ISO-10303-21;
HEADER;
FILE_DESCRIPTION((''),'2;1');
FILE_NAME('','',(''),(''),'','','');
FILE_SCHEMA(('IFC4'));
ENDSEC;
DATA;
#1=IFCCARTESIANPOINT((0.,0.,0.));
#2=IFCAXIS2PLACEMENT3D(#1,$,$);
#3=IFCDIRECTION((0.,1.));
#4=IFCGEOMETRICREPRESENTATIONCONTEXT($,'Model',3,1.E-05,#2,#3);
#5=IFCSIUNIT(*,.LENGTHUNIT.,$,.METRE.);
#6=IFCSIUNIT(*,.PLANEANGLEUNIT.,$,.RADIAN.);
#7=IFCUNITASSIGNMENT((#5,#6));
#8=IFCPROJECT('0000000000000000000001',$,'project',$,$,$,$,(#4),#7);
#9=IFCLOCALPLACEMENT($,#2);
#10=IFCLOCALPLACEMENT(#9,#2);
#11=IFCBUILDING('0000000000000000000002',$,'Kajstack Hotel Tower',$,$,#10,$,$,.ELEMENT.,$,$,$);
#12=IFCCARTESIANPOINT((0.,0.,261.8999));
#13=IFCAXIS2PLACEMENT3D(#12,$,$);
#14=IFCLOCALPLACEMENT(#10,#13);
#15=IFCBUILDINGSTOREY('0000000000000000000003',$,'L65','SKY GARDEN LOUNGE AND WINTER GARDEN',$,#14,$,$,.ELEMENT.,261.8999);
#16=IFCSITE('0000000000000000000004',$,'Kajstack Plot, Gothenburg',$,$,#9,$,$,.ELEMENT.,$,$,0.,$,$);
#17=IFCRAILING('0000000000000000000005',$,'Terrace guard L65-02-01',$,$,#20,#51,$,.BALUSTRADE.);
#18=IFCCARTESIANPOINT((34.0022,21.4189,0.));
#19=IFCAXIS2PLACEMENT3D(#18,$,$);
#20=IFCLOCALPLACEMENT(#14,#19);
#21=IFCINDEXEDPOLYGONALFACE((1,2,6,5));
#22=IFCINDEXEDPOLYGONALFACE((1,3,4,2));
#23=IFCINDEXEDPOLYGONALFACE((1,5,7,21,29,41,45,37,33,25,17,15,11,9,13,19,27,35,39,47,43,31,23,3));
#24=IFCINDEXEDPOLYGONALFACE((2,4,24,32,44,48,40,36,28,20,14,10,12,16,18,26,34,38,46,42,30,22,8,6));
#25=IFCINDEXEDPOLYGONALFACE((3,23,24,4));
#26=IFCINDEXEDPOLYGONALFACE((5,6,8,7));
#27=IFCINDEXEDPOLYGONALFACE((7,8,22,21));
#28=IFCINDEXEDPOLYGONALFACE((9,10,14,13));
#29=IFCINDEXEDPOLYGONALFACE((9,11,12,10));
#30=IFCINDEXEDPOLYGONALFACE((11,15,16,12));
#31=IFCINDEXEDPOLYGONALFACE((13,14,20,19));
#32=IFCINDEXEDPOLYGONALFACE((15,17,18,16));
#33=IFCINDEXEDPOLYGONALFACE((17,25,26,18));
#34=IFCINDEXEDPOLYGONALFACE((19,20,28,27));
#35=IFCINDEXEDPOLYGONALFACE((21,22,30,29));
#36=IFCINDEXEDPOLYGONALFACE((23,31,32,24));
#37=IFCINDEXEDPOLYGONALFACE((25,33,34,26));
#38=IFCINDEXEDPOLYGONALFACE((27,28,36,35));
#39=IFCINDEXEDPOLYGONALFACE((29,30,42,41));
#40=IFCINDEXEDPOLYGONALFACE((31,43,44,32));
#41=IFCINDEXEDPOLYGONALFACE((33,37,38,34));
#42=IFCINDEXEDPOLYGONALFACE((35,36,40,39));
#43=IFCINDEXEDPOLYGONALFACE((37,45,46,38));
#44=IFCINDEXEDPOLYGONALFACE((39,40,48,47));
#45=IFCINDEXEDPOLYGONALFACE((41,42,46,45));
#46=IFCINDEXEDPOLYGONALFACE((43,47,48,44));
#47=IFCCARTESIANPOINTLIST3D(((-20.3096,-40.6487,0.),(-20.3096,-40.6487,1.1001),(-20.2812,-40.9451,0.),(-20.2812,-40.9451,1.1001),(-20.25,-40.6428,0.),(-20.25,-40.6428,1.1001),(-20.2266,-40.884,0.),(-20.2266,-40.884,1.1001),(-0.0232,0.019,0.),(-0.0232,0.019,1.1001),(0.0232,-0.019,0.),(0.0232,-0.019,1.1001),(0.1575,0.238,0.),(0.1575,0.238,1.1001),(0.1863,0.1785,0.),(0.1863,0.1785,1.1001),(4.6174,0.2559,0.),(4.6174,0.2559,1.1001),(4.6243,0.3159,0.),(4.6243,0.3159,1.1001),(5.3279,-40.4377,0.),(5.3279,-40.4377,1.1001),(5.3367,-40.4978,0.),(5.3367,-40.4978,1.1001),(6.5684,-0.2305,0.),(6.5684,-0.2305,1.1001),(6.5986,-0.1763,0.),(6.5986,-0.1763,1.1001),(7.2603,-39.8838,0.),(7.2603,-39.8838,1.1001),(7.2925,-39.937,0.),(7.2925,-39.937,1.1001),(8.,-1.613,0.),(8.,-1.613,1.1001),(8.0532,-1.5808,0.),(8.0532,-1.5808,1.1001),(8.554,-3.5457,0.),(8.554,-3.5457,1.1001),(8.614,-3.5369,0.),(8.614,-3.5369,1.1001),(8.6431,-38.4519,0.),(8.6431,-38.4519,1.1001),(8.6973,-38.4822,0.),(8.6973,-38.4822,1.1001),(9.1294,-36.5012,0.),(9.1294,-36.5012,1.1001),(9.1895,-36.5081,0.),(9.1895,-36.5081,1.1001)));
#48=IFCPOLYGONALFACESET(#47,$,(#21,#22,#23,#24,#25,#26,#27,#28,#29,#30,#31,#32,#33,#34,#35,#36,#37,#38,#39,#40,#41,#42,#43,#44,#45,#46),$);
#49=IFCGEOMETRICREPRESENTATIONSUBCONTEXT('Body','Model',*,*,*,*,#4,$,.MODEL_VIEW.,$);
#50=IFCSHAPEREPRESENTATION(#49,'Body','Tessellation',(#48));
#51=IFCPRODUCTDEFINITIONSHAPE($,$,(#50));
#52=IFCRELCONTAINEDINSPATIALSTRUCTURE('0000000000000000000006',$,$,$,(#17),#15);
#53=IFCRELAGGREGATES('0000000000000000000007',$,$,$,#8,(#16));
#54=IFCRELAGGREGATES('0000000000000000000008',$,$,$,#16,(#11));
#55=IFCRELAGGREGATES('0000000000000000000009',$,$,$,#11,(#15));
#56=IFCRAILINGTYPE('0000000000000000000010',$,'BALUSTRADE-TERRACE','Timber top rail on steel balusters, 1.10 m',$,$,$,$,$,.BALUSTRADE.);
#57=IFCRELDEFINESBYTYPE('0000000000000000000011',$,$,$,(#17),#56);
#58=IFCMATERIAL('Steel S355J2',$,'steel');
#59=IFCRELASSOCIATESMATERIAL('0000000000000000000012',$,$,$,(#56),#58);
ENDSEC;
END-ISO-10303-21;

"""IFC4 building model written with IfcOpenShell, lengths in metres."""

from ifc_helpers import new_model, si_unit, direction, frame, origin, place, context, subcontext, project, spatial, polyline, outline, extrude, material, type_object, element, save


model = new_model("IFC4")

# Units and contexts
model_context = context("Model", 3, precision=1e-05, world=origin(), true_north=direction((0.0, 1.0)))
body_context = subcontext(model_context, "Body", "Model", "MODEL_VIEW")
ifc_project = project(units=[si_unit("LENGTHUNIT", "METRE"), si_unit("PLANEANGLEUNIT", "RADIAN")], contexts=[model_context])

# Site, building, storey
site_placement = place(None, origin())
site = spatial("IfcSite", under=ifc_project, at=site_placement, Name="Kajstack Plot, Gothenburg", CompositionType="ELEMENT", RefElevation=0.0)
building_placement = place(site_placement, origin())
building = spatial("IfcBuilding", under=site, at=building_placement, Name="Kajstack Hotel Tower", CompositionType="ELEMENT")
storey_placement = place(building_placement, frame((0.0, 0.0, 261.8999)))
storey = spatial("IfcBuildingStorey", under=building, at=storey_placement, Name="L65", Description="SKY GARDEN LOUNGE AND WINTER GARDEN", CompositionType="ELEMENT", Elevation=261.8999)

# Railing
ifc_material_1 = material(Name="Steel S355J2", Category="steel")
railing_type = type_object("IfcRailingType", Name="BALUSTRADE-TERRACE", Description="Timber top rail on steel balusters, 1.10 m", PredefinedType="BALUSTRADE", material=ifc_material_1)
railing_placement = place(storey_placement, frame((34.0022, 21.4189, 0.0)))
element("IfcRailing", 1, at=railing_placement, inside=storey, type_object=railing_type, Name="Terrace guard L65-02-01", PredefinedType="BALUSTRADE", context=body_context, shape_type="SweptSolid", body=[
    extrude(outline(polyline([(0.1575, 0.238), (4.6243, 0.3159), (6.5986, -0.1763), (8.0532, -1.5808), (8.614, -3.5369), (9.1895, -36.5081), (8.6973, -38.4822), (7.2925, -39.937), (5.3367, -40.4978), (-20.2812, -40.9451), (-20.3096, -40.6487), (-20.25, -40.6428), (-20.2266, -40.884), (5.3279, -40.4377), (7.2603, -39.8838), (8.6431, -38.4519), (9.1294, -36.5012), (8.554, -3.5457), (8.0, -1.613), (6.5684, -0.2305), (4.6174, 0.2559), (0.1863, 0.1785), (0.0232, -0.019), (-0.0232, 0.019), (0.1575, 0.238)])), origin(), (0.0, 0.0, 1.0), 1.1001),
])

save(model, "model.ifc")
